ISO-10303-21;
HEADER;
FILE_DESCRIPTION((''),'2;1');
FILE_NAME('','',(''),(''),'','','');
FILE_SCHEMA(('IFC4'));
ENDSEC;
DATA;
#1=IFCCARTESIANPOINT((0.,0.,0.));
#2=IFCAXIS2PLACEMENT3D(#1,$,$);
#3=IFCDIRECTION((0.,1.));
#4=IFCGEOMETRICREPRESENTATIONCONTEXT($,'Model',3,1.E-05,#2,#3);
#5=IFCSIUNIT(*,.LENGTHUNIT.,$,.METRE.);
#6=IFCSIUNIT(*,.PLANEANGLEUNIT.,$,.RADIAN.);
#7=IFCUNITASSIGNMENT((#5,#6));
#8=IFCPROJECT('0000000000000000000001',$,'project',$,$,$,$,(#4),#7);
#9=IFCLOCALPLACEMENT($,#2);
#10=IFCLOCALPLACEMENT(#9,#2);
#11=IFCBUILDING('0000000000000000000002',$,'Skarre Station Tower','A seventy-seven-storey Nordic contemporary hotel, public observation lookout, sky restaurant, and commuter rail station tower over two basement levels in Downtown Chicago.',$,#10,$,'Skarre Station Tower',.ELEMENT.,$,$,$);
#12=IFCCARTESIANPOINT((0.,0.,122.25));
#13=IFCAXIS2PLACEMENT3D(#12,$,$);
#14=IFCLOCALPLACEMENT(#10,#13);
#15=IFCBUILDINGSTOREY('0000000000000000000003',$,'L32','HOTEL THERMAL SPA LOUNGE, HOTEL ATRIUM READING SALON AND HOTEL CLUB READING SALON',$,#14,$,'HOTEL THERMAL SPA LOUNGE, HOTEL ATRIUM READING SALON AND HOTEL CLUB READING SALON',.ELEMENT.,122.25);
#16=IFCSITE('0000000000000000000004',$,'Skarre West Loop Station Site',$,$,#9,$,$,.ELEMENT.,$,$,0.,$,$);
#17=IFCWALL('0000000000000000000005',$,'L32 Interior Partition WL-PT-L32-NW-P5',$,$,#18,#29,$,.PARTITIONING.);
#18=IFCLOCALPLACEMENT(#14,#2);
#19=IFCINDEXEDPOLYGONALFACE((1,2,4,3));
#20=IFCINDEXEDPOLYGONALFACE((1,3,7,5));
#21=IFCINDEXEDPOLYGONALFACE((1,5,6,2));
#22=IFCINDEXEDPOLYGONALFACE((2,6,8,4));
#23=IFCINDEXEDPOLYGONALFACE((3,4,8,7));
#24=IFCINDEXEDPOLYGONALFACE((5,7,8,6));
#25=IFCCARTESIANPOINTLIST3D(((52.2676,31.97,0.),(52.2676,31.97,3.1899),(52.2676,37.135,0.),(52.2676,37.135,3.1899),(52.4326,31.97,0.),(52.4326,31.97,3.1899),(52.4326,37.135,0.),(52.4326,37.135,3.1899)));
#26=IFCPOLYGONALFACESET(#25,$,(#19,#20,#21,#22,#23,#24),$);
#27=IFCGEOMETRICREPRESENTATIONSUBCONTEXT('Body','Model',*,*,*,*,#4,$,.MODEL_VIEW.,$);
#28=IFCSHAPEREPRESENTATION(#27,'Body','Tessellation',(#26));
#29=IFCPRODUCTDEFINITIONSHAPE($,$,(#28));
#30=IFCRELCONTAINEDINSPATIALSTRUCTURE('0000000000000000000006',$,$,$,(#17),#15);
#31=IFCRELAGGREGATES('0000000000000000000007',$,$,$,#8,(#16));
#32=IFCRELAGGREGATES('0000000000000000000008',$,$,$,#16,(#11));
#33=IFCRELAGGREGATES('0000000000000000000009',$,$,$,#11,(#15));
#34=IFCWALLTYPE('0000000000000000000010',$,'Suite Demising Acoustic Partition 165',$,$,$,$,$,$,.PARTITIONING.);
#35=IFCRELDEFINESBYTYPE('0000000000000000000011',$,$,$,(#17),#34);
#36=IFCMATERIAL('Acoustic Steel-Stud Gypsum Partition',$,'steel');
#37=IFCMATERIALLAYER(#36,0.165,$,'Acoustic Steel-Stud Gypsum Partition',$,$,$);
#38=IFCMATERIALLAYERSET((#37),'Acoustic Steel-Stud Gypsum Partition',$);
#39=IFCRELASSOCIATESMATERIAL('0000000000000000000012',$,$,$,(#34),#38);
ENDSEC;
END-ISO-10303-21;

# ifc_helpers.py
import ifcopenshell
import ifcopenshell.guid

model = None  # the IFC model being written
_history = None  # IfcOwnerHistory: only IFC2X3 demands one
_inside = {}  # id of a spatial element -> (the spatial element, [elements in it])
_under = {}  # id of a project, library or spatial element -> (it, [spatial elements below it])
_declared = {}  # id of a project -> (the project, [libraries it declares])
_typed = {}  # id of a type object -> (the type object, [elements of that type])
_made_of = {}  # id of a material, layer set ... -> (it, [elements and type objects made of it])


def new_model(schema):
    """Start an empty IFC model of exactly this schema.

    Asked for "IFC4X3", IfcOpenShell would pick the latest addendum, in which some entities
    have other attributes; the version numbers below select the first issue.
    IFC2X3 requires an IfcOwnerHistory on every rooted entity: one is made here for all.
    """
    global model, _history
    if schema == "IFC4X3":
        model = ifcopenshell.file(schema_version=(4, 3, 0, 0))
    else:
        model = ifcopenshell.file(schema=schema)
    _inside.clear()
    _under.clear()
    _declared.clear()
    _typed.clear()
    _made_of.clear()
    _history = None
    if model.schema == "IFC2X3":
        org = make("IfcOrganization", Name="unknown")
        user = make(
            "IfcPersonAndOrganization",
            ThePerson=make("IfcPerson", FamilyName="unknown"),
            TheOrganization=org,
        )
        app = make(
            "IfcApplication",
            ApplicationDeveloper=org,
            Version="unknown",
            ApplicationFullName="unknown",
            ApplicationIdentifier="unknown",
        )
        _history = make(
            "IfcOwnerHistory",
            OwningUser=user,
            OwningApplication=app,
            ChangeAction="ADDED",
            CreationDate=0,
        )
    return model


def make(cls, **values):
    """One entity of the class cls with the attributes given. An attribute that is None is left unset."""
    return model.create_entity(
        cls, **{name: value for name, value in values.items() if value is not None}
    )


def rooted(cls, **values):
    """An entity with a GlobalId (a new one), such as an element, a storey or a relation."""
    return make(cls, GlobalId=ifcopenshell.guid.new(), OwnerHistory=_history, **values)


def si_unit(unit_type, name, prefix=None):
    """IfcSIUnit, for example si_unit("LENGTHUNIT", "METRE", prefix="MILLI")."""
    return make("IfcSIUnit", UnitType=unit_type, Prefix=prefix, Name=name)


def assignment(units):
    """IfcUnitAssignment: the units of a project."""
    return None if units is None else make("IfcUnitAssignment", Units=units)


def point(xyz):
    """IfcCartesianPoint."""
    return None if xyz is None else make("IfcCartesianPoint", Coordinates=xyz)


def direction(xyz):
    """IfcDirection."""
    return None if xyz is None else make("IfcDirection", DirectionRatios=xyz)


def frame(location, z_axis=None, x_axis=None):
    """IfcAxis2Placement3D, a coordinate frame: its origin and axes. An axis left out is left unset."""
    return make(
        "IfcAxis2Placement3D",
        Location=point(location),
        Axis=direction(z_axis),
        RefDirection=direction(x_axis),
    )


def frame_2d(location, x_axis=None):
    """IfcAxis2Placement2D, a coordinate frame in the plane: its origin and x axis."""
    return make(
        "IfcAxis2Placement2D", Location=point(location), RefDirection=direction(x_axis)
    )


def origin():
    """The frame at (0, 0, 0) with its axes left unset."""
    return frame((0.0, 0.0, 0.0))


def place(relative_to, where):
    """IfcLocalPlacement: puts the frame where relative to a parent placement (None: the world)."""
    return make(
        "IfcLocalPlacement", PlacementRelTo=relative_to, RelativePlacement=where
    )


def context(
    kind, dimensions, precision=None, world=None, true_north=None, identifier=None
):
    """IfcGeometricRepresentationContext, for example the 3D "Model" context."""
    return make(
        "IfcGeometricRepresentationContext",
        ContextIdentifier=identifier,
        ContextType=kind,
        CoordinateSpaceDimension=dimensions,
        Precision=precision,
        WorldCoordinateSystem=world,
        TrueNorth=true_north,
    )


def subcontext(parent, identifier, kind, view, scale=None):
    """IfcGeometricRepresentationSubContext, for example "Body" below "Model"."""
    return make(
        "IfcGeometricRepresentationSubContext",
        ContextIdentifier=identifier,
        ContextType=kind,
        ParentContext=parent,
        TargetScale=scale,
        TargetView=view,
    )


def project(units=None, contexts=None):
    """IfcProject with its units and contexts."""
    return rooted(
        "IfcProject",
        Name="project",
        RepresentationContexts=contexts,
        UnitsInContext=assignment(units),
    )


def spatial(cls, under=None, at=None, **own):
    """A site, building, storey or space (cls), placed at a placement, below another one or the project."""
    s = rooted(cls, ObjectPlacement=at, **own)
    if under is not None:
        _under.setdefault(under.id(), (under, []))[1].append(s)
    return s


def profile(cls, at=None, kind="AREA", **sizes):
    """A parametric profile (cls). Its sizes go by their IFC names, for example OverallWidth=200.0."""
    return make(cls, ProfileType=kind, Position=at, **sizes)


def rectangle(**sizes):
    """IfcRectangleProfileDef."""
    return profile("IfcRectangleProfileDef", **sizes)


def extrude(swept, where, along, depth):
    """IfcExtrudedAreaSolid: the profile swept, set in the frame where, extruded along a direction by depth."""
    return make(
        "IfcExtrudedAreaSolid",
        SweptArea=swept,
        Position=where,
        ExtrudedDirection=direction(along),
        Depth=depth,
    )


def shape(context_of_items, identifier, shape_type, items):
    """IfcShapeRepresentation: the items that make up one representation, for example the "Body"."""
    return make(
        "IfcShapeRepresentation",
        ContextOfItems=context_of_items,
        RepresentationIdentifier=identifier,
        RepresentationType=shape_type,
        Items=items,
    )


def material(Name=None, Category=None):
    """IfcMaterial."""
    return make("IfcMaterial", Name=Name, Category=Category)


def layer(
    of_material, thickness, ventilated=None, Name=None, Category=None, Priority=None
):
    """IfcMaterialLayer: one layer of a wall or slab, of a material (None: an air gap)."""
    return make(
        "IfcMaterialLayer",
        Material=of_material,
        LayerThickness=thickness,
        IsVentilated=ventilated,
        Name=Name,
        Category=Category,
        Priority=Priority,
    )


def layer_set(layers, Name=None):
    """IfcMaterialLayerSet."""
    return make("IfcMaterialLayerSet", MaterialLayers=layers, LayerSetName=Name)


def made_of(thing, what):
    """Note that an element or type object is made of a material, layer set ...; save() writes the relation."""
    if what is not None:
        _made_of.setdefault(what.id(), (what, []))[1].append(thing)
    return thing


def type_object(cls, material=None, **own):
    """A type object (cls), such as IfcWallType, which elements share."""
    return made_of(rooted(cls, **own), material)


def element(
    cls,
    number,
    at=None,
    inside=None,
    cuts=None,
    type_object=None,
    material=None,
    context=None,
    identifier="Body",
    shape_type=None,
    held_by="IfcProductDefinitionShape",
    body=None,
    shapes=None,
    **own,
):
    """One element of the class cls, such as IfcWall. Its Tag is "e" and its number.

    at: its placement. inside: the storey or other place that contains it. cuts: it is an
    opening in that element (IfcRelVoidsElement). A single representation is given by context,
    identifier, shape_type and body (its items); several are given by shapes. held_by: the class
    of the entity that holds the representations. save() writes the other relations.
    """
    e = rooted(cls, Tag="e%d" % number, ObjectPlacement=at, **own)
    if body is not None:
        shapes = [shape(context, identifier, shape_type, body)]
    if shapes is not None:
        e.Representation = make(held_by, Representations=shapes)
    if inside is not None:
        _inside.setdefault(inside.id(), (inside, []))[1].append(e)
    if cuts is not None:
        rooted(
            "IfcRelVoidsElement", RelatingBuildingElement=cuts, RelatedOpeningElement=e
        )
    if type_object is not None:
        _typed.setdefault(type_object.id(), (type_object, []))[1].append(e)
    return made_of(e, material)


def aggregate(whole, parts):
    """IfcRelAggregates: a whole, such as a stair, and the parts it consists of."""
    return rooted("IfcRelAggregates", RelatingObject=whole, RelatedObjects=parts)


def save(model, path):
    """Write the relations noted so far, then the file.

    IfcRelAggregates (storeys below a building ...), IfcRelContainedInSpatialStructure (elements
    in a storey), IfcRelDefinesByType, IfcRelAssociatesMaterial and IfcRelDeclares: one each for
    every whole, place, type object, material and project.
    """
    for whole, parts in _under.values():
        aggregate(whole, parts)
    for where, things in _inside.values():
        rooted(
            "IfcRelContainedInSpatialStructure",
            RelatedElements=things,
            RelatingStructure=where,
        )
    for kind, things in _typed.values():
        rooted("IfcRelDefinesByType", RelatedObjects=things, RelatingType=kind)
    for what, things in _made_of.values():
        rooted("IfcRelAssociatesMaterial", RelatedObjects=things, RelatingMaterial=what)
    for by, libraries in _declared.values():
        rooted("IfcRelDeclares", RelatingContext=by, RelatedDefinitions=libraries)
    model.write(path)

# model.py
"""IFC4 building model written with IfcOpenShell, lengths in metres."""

from ifc_helpers import new_model, si_unit, direction, frame, frame_2d, origin, place, context, subcontext, project, spatial, rectangle, extrude, material, layer, layer_set, type_object, element, save


model = new_model("IFC4")

# Units and contexts
model_context = context("Model", 3, precision=1e-05, world=origin(), true_north=direction((0.0, 1.0)))
body_context = subcontext(model_context, "Body", "Model", "MODEL_VIEW")
ifc_project = project(units=[si_unit("LENGTHUNIT", "METRE"), si_unit("PLANEANGLEUNIT", "RADIAN")], contexts=[model_context])

# Site, building, storey
site_placement = place(None, origin())
site = spatial("IfcSite", under=ifc_project, at=site_placement, Name="Skarre West Loop Station Site", CompositionType="ELEMENT", RefElevation=0.0)
building_placement = place(site_placement, origin())
building = spatial("IfcBuilding", under=site, at=building_placement, Name="Skarre Station Tower", Description="A seventy-seven-storey Nordic contemporary hotel, public observation lookout, sky restaurant, and commuter rail station tower over two basement levels in Downtown Chicago.", LongName="Skarre Station Tower", CompositionType="ELEMENT")
storey_placement = place(building_placement, frame((0.0, 0.0, 122.25)))
storey = spatial("IfcBuildingStorey", under=building, at=storey_placement, Name="L32", Description="HOTEL THERMAL SPA LOUNGE, HOTEL ATRIUM READING SALON AND HOTEL CLUB READING SALON", LongName="HOTEL THERMAL SPA LOUNGE, HOTEL ATRIUM READING SALON AND HOTEL CLUB READING SALON", CompositionType="ELEMENT", Elevation=122.25)

# Shared definitions
ifc_material_1 = material(Name="Acoustic Steel-Stud Gypsum Partition", Category="steel")

# Wall
ifc_layer_1 = layer(ifc_material_1, 0.165, Name="Acoustic Steel-Stud Gypsum Partition")
ifc_layer_set_1 = layer_set([ifc_layer_1], Name="Acoustic Steel-Stud Gypsum Partition")
wall_type_1 = type_object("IfcWallType", Name="Suite Demising Acoustic Partition 165", PredefinedType="PARTITIONING", material=ifc_layer_set_1)
wall_1_placement = place(storey_placement, frame((52.3501, 31.97, 0.0), z_axis=(0.0, 0.0, 1.0), x_axis=(0.0, 1.0, 0.0)))
element("IfcWall", 1, at=wall_1_placement, inside=storey, type_object=wall_type_1, Name="L32 Interior Partition WL-PT-L32-NW-P5", PredefinedType="PARTITIONING", context=body_context, shape_type="SweptSolid", body=[
    extrude(rectangle(XDim=5.165, YDim=0.165, at=frame_2d((2.5825, 0.0))), origin(), (0.0, 0.0, 1.0), 3.1899),
])

save(model, "model.ifc")
